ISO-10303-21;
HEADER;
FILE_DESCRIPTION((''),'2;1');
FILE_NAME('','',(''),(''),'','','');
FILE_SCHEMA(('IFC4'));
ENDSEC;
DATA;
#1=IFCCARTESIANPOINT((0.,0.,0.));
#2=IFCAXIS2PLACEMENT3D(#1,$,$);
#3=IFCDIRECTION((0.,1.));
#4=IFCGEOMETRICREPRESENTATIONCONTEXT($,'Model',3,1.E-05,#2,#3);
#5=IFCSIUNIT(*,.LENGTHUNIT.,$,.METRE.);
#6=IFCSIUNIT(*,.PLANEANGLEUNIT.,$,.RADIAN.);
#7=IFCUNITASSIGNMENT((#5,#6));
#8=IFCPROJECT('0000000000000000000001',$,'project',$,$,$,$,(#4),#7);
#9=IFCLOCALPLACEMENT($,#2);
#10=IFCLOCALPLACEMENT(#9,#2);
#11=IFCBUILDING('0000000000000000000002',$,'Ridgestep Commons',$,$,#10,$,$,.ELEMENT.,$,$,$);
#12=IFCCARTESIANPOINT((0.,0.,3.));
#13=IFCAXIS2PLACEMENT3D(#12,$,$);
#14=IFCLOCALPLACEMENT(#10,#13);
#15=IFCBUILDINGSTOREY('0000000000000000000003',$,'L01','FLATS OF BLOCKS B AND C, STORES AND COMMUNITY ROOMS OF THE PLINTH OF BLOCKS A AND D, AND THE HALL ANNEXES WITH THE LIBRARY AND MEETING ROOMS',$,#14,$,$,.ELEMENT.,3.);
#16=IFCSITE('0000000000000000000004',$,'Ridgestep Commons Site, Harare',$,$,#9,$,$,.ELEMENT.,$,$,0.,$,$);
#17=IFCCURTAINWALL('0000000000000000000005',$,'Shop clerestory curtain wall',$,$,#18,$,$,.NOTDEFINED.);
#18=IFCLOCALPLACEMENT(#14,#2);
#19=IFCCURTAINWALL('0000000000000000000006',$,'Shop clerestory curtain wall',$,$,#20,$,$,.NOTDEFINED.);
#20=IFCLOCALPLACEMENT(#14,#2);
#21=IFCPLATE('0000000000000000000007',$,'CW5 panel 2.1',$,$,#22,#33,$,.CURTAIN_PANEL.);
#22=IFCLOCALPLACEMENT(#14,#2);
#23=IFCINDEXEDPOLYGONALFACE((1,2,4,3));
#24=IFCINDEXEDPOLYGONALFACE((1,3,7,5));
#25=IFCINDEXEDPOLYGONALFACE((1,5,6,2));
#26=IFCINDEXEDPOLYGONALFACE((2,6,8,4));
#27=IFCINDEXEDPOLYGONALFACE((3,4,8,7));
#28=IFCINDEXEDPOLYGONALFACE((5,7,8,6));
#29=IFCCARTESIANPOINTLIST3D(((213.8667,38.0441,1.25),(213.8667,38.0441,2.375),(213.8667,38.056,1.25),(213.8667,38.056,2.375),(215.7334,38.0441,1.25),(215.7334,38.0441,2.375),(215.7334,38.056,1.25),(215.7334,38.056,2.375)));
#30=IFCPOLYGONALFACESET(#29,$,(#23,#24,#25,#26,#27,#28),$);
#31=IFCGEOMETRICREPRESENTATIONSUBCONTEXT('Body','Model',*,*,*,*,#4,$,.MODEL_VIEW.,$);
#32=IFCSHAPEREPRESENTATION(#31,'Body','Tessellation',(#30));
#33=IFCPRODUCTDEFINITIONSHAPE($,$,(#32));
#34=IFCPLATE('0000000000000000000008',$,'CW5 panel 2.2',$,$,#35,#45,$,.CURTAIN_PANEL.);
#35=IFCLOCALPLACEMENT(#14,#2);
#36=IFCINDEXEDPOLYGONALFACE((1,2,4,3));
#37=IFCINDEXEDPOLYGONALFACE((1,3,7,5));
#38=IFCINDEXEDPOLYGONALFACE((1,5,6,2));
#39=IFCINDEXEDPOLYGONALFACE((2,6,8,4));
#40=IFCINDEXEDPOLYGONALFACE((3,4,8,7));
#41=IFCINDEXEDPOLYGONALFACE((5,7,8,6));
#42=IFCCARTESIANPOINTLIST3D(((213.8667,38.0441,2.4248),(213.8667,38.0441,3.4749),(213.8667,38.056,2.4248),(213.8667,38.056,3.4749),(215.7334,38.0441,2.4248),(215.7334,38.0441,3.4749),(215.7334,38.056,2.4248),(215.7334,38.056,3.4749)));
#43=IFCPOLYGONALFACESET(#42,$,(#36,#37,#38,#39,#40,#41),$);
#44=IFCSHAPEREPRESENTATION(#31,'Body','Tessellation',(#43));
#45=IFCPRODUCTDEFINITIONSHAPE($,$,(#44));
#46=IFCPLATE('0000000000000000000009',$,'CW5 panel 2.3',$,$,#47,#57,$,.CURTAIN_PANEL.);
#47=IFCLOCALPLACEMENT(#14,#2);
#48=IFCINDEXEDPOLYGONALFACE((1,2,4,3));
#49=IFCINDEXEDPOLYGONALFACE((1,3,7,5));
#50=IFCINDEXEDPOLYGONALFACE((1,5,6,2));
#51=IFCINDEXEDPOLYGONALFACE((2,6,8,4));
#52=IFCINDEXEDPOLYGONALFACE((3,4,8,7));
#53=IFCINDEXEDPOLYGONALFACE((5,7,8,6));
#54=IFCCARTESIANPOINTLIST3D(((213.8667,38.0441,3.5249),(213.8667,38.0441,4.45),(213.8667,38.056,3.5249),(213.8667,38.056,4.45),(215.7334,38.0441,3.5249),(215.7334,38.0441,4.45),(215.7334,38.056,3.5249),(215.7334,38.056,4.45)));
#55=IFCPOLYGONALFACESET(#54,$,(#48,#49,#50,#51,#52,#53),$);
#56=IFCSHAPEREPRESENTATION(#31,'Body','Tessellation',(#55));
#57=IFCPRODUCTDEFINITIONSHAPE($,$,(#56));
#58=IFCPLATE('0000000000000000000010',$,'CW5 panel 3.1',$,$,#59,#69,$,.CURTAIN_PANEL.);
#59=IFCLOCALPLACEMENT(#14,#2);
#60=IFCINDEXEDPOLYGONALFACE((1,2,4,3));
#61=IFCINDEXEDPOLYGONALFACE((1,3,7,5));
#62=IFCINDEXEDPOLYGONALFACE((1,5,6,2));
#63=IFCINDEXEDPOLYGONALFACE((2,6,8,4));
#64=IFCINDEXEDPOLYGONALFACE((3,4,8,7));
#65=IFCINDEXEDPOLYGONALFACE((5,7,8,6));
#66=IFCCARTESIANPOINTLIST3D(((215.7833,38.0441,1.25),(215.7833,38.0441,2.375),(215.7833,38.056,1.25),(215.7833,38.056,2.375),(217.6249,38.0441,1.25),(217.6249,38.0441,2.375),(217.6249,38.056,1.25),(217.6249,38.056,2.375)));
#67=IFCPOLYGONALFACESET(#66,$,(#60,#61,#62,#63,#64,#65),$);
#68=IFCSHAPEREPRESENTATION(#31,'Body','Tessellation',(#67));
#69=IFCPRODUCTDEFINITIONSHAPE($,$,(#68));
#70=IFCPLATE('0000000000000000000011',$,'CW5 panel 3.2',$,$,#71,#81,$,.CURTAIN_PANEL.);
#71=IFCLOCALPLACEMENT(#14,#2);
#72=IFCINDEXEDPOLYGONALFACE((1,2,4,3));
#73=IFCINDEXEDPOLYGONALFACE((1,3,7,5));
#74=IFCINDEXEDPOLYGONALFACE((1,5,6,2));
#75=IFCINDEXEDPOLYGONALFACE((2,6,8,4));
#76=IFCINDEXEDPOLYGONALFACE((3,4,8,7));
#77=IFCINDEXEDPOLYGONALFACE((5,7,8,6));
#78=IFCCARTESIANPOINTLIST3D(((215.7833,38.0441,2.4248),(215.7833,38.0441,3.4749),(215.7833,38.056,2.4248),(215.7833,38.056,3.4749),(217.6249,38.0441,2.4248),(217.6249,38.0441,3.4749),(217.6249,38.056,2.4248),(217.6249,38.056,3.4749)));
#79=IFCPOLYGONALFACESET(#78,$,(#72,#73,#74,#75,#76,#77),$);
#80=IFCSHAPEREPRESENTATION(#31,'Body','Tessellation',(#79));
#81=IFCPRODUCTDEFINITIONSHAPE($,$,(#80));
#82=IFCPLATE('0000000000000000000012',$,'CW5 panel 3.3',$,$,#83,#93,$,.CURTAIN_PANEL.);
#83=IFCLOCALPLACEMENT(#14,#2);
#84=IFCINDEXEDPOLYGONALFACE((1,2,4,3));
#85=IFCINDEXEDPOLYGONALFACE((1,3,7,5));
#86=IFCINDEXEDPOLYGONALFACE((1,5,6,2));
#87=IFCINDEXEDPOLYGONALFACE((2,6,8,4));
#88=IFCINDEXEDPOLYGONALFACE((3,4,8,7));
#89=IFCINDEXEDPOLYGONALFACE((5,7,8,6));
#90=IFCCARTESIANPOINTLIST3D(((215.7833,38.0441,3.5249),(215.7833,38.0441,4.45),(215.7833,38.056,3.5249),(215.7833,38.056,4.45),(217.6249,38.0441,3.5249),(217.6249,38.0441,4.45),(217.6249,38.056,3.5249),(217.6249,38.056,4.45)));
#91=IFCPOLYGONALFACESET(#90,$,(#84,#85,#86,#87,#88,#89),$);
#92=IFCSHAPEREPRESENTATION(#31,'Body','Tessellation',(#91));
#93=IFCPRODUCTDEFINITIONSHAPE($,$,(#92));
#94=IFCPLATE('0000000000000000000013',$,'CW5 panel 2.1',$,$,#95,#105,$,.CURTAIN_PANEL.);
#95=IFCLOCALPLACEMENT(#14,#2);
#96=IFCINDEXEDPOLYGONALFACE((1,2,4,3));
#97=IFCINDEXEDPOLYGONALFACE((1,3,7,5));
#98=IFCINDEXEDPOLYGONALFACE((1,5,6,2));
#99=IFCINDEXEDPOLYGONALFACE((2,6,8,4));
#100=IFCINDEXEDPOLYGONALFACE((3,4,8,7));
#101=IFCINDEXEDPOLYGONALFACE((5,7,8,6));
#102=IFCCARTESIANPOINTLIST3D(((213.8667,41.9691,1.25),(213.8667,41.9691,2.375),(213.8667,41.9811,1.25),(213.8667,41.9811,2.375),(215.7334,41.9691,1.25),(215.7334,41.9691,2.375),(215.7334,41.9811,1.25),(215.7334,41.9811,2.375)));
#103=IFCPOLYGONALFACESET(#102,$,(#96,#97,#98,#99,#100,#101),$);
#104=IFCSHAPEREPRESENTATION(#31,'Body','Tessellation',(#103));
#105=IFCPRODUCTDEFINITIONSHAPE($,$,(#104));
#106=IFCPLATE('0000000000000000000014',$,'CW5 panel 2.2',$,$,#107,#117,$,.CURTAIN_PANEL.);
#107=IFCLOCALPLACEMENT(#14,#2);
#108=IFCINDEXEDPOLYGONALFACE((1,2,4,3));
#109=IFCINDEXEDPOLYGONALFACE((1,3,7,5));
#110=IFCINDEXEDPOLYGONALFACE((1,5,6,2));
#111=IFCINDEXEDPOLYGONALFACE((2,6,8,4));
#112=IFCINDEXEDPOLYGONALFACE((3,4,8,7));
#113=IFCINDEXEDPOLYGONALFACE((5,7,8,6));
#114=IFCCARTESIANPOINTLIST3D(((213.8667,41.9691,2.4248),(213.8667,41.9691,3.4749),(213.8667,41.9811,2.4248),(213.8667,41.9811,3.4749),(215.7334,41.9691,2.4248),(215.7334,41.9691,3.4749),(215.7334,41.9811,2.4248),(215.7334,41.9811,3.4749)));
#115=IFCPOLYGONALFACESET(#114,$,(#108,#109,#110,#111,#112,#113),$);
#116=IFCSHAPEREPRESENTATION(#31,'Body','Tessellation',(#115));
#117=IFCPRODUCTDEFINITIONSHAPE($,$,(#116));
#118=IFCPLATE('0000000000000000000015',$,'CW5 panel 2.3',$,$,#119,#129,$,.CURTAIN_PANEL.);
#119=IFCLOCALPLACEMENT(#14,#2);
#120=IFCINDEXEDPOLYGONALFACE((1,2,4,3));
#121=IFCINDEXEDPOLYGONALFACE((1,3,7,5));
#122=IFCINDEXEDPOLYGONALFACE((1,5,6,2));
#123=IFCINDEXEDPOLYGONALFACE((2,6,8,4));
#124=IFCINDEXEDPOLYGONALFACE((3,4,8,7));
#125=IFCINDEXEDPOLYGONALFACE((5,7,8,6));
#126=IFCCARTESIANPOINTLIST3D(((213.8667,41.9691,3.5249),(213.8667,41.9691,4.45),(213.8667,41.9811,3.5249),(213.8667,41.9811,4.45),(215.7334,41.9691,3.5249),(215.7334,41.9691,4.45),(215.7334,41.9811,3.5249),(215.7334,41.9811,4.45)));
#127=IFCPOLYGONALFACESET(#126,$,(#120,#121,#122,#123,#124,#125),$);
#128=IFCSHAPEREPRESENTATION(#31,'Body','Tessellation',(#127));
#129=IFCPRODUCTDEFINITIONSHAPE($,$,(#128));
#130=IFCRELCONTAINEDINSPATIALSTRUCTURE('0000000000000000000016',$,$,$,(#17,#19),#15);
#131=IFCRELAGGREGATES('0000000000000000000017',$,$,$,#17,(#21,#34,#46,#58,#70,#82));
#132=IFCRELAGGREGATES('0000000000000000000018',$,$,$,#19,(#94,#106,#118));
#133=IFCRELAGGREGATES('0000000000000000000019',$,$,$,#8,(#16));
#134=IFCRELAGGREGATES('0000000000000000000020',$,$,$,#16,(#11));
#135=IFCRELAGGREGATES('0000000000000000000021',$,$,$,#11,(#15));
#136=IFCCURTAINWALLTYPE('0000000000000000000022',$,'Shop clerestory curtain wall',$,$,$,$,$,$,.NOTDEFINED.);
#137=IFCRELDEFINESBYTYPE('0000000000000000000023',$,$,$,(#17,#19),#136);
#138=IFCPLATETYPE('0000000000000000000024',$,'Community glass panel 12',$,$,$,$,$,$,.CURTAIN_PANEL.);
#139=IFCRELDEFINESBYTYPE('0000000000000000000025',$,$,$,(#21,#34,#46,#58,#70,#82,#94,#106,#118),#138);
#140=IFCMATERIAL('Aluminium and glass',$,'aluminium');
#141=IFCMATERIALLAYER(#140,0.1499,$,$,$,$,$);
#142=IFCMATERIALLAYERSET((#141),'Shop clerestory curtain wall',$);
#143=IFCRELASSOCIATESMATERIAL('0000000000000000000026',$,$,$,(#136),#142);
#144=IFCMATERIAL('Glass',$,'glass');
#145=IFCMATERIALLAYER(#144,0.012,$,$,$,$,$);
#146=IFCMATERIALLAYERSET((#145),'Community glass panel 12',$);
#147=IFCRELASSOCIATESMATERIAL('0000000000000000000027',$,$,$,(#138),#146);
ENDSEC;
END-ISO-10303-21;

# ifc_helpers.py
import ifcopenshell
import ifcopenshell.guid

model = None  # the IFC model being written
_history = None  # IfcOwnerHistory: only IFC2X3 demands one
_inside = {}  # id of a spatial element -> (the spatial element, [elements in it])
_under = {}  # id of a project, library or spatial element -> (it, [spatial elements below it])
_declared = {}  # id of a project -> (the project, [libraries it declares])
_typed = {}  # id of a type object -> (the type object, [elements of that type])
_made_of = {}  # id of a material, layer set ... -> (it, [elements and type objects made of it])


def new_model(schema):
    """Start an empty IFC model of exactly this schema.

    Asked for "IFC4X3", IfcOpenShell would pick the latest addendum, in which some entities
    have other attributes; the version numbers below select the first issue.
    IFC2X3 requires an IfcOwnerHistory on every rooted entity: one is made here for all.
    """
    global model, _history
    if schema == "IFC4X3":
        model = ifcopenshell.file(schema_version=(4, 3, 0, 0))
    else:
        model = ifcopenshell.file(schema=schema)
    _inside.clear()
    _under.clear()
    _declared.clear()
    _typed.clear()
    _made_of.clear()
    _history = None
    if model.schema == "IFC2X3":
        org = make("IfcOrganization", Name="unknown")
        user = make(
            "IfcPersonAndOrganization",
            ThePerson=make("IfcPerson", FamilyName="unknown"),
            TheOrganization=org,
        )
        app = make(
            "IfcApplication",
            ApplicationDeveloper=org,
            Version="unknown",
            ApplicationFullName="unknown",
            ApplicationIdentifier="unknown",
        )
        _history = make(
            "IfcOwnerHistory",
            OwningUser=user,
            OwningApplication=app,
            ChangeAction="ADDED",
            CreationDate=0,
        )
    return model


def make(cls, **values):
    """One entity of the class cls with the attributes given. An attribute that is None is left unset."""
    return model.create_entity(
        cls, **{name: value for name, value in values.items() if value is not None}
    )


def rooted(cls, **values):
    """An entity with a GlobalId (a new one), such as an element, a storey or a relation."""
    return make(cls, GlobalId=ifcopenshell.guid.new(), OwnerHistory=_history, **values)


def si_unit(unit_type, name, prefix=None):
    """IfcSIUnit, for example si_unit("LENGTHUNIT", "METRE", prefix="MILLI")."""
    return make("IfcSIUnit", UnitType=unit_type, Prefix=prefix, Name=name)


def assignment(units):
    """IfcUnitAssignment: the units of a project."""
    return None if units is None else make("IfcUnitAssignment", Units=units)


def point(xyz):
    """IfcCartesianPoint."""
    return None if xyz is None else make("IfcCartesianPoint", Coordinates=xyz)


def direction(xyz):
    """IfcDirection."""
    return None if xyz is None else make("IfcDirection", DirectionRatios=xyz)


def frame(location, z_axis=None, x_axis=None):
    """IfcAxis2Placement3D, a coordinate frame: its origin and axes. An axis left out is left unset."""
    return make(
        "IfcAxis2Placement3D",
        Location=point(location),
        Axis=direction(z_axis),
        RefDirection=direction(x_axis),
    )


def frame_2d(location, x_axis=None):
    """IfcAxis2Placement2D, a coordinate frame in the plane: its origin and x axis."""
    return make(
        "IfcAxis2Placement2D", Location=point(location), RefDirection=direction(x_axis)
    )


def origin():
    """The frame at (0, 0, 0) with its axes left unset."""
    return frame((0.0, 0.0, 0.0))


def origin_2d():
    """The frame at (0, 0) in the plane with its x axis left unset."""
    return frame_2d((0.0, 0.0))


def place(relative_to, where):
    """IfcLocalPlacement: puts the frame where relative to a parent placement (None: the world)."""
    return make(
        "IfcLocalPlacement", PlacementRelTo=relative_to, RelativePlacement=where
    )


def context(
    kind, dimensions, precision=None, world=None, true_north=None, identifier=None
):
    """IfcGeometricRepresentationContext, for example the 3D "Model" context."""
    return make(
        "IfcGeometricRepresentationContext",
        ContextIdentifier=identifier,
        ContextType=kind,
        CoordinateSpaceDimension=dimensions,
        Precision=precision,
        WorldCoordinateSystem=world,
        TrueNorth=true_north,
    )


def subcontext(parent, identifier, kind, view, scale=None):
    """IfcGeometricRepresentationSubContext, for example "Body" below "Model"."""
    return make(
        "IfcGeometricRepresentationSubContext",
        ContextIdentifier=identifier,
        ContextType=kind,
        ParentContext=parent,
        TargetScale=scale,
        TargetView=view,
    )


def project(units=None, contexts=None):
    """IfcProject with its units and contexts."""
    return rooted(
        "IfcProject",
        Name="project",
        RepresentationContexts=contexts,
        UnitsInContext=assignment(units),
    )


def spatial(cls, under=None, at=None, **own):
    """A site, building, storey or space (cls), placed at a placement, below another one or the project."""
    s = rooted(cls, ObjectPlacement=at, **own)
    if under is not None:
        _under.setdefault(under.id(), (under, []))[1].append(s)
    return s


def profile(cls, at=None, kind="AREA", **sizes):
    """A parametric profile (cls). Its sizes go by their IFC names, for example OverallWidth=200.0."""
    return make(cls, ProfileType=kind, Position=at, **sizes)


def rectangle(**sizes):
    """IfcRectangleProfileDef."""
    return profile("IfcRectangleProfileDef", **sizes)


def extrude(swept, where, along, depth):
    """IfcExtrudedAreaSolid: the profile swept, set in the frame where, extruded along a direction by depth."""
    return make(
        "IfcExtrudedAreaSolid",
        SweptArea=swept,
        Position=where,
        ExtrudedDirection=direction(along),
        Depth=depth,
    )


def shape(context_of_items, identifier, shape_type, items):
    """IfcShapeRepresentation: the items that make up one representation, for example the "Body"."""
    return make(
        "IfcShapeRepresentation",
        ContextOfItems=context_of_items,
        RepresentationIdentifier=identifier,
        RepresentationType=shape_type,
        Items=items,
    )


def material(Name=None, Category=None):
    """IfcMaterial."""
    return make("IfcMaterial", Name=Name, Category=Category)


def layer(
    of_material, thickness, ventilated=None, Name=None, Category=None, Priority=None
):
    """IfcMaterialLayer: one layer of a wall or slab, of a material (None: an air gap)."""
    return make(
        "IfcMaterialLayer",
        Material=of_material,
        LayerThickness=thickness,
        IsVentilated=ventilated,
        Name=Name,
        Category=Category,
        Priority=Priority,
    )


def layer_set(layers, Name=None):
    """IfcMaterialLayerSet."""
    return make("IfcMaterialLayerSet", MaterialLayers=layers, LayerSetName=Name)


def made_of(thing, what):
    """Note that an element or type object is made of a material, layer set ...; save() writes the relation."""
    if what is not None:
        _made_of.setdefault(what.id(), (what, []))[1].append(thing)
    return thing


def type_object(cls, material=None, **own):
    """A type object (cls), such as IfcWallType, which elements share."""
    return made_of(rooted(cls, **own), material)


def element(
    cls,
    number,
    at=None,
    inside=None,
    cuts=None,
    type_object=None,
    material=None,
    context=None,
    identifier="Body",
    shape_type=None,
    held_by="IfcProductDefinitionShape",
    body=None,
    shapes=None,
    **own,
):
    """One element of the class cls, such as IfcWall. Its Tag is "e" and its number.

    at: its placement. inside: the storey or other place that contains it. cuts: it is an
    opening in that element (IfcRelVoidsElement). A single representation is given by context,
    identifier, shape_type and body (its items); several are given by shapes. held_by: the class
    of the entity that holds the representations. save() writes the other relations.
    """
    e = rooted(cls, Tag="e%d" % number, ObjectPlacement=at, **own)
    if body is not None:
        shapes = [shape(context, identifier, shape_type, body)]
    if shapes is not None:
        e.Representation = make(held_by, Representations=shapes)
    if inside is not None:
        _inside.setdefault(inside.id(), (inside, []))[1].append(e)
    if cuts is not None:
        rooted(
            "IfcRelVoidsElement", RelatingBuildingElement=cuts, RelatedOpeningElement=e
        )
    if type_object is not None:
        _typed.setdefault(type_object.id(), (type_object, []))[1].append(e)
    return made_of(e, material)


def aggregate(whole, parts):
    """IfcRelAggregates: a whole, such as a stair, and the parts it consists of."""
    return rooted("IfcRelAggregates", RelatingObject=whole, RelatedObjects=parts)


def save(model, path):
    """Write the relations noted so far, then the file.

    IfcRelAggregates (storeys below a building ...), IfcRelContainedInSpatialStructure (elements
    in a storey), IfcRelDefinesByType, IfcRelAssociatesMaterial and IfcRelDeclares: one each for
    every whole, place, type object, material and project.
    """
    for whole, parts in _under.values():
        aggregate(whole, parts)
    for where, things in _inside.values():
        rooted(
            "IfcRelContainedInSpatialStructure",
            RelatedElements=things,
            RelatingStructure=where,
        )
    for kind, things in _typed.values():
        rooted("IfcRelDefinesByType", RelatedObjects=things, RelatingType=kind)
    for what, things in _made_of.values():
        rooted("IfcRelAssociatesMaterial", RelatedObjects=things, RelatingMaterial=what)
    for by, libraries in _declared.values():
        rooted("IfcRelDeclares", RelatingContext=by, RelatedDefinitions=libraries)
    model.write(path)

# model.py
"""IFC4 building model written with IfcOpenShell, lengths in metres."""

from ifc_helpers import new_model, si_unit, direction, frame, origin, origin_2d, place, context, subcontext, project, spatial, rectangle, extrude, material, layer, layer_set, type_object, element, aggregate, save


model = new_model("IFC4")

# Units and contexts
model_context = context("Model", 3, precision=1e-05, world=origin(), true_north=direction((0.0, 1.0)))
body_context = subcontext(model_context, "Body", "Model", "MODEL_VIEW")
ifc_project = project(units=[si_unit("LENGTHUNIT", "METRE"), si_unit("PLANEANGLEUNIT", "RADIAN")], contexts=[model_context])

# Site, building, storey
site_placement = place(None, origin())
site = spatial("IfcSite", under=ifc_project, at=site_placement, Name="Ridgestep Commons Site, Harare", CompositionType="ELEMENT", RefElevation=0.0)
building_placement = place(site_placement, origin())
building = spatial("IfcBuilding", under=site, at=building_placement, Name="Ridgestep Commons", CompositionType="ELEMENT")
storey_placement = place(building_placement, frame((0.0, 0.0, 3.0)))
storey = spatial("IfcBuildingStorey", under=building, at=storey_placement, Name="L01", Description="FLATS OF BLOCKS B AND C, STORES AND COMMUNITY ROOMS OF THE PLINTH OF BLOCKS A AND D, AND THE HALL ANNEXES WITH THE LIBRARY AND MEETING ROOMS", CompositionType="ELEMENT", Elevation=3.0)

# Curtain wall
ifc_material_1 = material(Name="Aluminium and glass", Category="aluminium")
ifc_layer_1 = layer(ifc_material_1, 0.1499)
ifc_layer_set_1 = layer_set([ifc_layer_1], Name="Shop clerestory curtain wall")
curtain_wall_type = type_object("IfcCurtainWallType", Name="Shop clerestory curtain wall", PredefinedType="NOTDEFINED", material=ifc_layer_set_1)
curtain_wall_1_placement = place(storey_placement, origin())
curtain_wall_1 = element("IfcCurtainWall", 1, at=curtain_wall_1_placement, inside=storey, type_object=curtain_wall_type, Name="Shop clerestory curtain wall", PredefinedType="NOTDEFINED")

# Curtain wall
curtain_wall_2_placement = place(storey_placement, origin())
curtain_wall_2 = element("IfcCurtainWall", 2, at=curtain_wall_2_placement, inside=storey, type_object=curtain_wall_type, Name="Shop clerestory curtain wall", PredefinedType="NOTDEFINED")

# Plates
ifc_material_2 = material(Name="Glass", Category="glass")
ifc_layer_2 = layer(ifc_material_2, 0.012)
ifc_layer_set_2 = layer_set([ifc_layer_2], Name="Community glass panel 12")
plate_type = type_object("IfcPlateType", Name="Community glass panel 12", PredefinedType="CURTAIN_PANEL", material=ifc_layer_set_2)
plate_1_placement = place(storey_placement, frame((214.8, 38.05, 1.25), z_axis=(0.0, 0.0, 1.0), x_axis=(1.0, 0.0, 0.0)))
plate_1 = element("IfcPlate", 3, at=plate_1_placement, type_object=plate_type, Name="CW5 panel 2.1", PredefinedType="CURTAIN_PANEL", context=body_context, shape_type="SweptSolid", body=[
    extrude(rectangle(XDim=1.8667, YDim=0.012, at=origin_2d()), origin(), (0.0, 0.0, 1.0), 1.125),
])
plate_2_placement = place(storey_placement, frame((214.8, 38.05, 2.4248), z_axis=(0.0, 0.0, 1.0), x_axis=(1.0, 0.0, 0.0)))
plate_2 = element("IfcPlate", 4, at=plate_2_placement, type_object=plate_type, Name="CW5 panel 2.2", PredefinedType="CURTAIN_PANEL", context=body_context, shape_type="SweptSolid", body=[
    extrude(rectangle(XDim=1.8667, YDim=0.012, at=origin_2d()), origin(), (0.0, 0.0, 1.0), 1.05),
])
plate_3_placement = place(storey_placement, frame((214.8, 38.05, 3.5249), z_axis=(0.0, 0.0, 1.0), x_axis=(1.0, 0.0, 0.0)))
plate_3 = element("IfcPlate", 5, at=plate_3_placement, type_object=plate_type, Name="CW5 panel 2.3", PredefinedType="CURTAIN_PANEL", context=body_context, shape_type="SweptSolid", body=[
    extrude(rectangle(XDim=1.8667, YDim=0.012, at=origin_2d()), origin(), (0.0, 0.0, 1.0), 0.925),
])
plate_4_placement = place(storey_placement, frame((216.7041, 38.05, 1.25), z_axis=(0.0, 0.0, 1.0), x_axis=(1.0, 0.0, 0.0)))
plate_4 = element("IfcPlate", 6, at=plate_4_placement, type_object=plate_type, Name="CW5 panel 3.1", PredefinedType="CURTAIN_PANEL", context=body_context, shape_type="SweptSolid", body=[
    extrude(rectangle(XDim=1.8416, YDim=0.012, at=origin_2d()), origin(), (0.0, 0.0, 1.0), 1.125),
])
plate_5_placement = place(storey_placement, frame((216.7041, 38.05, 2.4248), z_axis=(0.0, 0.0, 1.0), x_axis=(1.0, 0.0, 0.0)))
plate_5 = element("IfcPlate", 7, at=plate_5_placement, type_object=plate_type, Name="CW5 panel 3.2", PredefinedType="CURTAIN_PANEL", context=body_context, shape_type="SweptSolid", body=[
    extrude(rectangle(XDim=1.8416, YDim=0.012, at=origin_2d()), origin(), (0.0, 0.0, 1.0), 1.05),
])
plate_6_placement = place(storey_placement, frame((216.7041, 38.05, 3.5249), z_axis=(0.0, 0.0, 1.0), x_axis=(1.0, 0.0, 0.0)))
plate_6 = element("IfcPlate", 8, at=plate_6_placement, type_object=plate_type, Name="CW5 panel 3.3", PredefinedType="CURTAIN_PANEL", context=body_context, shape_type="SweptSolid", body=[
    extrude(rectangle(XDim=1.8416, YDim=0.012, at=origin_2d()), origin(), (0.0, 0.0, 1.0), 0.925),
])
aggregate(curtain_wall_1, [plate_1, plate_2, plate_3, plate_4, plate_5, plate_6])
plate_7_placement = place(storey_placement, frame((214.8, 41.9751, 1.25), z_axis=(0.0, 0.0, 1.0), x_axis=(1.0, 0.0, 0.0)))
plate_7 = element("IfcPlate", 9, at=plate_7_placement, type_object=plate_type, Name="CW5 panel 2.1", PredefinedType="CURTAIN_PANEL", context=body_context, shape_type="SweptSolid", body=[
    extrude(rectangle(XDim=1.8667, YDim=0.012, at=origin_2d()), origin(), (0.0, 0.0, 1.0), 1.125),
])
plate_8_placement = place(storey_placement, frame((214.8, 41.9751, 2.4248), z_axis=(0.0, 0.0, 1.0), x_axis=(1.0, 0.0, 0.0)))
plate_8 = element("IfcPlate", 10, at=plate_8_placement, type_object=plate_type, Name="CW5 panel 2.2", PredefinedType="CURTAIN_PANEL", context=body_context, shape_type="SweptSolid", body=[
    extrude(rectangle(XDim=1.8667, YDim=0.012, at=origin_2d()), origin(), (0.0, 0.0, 1.0), 1.05),
])
plate_9_placement = place(storey_placement, frame((214.8, 41.9751, 3.5249), z_axis=(0.0, 0.0, 1.0), x_axis=(1.0, 0.0, 0.0)))
plate_9 = element("IfcPlate", 11, at=plate_9_placement, type_object=plate_type, Name="CW5 panel 2.3", PredefinedType="CURTAIN_PANEL", context=body_context, shape_type="SweptSolid", body=[
    extrude(rectangle(XDim=1.8667, YDim=0.012, at=origin_2d()), origin(), (0.0, 0.0, 1.0), 0.925),
])
aggregate(curtain_wall_2, [plate_7, plate_8, plate_9])

save(model, "model.ifc")
